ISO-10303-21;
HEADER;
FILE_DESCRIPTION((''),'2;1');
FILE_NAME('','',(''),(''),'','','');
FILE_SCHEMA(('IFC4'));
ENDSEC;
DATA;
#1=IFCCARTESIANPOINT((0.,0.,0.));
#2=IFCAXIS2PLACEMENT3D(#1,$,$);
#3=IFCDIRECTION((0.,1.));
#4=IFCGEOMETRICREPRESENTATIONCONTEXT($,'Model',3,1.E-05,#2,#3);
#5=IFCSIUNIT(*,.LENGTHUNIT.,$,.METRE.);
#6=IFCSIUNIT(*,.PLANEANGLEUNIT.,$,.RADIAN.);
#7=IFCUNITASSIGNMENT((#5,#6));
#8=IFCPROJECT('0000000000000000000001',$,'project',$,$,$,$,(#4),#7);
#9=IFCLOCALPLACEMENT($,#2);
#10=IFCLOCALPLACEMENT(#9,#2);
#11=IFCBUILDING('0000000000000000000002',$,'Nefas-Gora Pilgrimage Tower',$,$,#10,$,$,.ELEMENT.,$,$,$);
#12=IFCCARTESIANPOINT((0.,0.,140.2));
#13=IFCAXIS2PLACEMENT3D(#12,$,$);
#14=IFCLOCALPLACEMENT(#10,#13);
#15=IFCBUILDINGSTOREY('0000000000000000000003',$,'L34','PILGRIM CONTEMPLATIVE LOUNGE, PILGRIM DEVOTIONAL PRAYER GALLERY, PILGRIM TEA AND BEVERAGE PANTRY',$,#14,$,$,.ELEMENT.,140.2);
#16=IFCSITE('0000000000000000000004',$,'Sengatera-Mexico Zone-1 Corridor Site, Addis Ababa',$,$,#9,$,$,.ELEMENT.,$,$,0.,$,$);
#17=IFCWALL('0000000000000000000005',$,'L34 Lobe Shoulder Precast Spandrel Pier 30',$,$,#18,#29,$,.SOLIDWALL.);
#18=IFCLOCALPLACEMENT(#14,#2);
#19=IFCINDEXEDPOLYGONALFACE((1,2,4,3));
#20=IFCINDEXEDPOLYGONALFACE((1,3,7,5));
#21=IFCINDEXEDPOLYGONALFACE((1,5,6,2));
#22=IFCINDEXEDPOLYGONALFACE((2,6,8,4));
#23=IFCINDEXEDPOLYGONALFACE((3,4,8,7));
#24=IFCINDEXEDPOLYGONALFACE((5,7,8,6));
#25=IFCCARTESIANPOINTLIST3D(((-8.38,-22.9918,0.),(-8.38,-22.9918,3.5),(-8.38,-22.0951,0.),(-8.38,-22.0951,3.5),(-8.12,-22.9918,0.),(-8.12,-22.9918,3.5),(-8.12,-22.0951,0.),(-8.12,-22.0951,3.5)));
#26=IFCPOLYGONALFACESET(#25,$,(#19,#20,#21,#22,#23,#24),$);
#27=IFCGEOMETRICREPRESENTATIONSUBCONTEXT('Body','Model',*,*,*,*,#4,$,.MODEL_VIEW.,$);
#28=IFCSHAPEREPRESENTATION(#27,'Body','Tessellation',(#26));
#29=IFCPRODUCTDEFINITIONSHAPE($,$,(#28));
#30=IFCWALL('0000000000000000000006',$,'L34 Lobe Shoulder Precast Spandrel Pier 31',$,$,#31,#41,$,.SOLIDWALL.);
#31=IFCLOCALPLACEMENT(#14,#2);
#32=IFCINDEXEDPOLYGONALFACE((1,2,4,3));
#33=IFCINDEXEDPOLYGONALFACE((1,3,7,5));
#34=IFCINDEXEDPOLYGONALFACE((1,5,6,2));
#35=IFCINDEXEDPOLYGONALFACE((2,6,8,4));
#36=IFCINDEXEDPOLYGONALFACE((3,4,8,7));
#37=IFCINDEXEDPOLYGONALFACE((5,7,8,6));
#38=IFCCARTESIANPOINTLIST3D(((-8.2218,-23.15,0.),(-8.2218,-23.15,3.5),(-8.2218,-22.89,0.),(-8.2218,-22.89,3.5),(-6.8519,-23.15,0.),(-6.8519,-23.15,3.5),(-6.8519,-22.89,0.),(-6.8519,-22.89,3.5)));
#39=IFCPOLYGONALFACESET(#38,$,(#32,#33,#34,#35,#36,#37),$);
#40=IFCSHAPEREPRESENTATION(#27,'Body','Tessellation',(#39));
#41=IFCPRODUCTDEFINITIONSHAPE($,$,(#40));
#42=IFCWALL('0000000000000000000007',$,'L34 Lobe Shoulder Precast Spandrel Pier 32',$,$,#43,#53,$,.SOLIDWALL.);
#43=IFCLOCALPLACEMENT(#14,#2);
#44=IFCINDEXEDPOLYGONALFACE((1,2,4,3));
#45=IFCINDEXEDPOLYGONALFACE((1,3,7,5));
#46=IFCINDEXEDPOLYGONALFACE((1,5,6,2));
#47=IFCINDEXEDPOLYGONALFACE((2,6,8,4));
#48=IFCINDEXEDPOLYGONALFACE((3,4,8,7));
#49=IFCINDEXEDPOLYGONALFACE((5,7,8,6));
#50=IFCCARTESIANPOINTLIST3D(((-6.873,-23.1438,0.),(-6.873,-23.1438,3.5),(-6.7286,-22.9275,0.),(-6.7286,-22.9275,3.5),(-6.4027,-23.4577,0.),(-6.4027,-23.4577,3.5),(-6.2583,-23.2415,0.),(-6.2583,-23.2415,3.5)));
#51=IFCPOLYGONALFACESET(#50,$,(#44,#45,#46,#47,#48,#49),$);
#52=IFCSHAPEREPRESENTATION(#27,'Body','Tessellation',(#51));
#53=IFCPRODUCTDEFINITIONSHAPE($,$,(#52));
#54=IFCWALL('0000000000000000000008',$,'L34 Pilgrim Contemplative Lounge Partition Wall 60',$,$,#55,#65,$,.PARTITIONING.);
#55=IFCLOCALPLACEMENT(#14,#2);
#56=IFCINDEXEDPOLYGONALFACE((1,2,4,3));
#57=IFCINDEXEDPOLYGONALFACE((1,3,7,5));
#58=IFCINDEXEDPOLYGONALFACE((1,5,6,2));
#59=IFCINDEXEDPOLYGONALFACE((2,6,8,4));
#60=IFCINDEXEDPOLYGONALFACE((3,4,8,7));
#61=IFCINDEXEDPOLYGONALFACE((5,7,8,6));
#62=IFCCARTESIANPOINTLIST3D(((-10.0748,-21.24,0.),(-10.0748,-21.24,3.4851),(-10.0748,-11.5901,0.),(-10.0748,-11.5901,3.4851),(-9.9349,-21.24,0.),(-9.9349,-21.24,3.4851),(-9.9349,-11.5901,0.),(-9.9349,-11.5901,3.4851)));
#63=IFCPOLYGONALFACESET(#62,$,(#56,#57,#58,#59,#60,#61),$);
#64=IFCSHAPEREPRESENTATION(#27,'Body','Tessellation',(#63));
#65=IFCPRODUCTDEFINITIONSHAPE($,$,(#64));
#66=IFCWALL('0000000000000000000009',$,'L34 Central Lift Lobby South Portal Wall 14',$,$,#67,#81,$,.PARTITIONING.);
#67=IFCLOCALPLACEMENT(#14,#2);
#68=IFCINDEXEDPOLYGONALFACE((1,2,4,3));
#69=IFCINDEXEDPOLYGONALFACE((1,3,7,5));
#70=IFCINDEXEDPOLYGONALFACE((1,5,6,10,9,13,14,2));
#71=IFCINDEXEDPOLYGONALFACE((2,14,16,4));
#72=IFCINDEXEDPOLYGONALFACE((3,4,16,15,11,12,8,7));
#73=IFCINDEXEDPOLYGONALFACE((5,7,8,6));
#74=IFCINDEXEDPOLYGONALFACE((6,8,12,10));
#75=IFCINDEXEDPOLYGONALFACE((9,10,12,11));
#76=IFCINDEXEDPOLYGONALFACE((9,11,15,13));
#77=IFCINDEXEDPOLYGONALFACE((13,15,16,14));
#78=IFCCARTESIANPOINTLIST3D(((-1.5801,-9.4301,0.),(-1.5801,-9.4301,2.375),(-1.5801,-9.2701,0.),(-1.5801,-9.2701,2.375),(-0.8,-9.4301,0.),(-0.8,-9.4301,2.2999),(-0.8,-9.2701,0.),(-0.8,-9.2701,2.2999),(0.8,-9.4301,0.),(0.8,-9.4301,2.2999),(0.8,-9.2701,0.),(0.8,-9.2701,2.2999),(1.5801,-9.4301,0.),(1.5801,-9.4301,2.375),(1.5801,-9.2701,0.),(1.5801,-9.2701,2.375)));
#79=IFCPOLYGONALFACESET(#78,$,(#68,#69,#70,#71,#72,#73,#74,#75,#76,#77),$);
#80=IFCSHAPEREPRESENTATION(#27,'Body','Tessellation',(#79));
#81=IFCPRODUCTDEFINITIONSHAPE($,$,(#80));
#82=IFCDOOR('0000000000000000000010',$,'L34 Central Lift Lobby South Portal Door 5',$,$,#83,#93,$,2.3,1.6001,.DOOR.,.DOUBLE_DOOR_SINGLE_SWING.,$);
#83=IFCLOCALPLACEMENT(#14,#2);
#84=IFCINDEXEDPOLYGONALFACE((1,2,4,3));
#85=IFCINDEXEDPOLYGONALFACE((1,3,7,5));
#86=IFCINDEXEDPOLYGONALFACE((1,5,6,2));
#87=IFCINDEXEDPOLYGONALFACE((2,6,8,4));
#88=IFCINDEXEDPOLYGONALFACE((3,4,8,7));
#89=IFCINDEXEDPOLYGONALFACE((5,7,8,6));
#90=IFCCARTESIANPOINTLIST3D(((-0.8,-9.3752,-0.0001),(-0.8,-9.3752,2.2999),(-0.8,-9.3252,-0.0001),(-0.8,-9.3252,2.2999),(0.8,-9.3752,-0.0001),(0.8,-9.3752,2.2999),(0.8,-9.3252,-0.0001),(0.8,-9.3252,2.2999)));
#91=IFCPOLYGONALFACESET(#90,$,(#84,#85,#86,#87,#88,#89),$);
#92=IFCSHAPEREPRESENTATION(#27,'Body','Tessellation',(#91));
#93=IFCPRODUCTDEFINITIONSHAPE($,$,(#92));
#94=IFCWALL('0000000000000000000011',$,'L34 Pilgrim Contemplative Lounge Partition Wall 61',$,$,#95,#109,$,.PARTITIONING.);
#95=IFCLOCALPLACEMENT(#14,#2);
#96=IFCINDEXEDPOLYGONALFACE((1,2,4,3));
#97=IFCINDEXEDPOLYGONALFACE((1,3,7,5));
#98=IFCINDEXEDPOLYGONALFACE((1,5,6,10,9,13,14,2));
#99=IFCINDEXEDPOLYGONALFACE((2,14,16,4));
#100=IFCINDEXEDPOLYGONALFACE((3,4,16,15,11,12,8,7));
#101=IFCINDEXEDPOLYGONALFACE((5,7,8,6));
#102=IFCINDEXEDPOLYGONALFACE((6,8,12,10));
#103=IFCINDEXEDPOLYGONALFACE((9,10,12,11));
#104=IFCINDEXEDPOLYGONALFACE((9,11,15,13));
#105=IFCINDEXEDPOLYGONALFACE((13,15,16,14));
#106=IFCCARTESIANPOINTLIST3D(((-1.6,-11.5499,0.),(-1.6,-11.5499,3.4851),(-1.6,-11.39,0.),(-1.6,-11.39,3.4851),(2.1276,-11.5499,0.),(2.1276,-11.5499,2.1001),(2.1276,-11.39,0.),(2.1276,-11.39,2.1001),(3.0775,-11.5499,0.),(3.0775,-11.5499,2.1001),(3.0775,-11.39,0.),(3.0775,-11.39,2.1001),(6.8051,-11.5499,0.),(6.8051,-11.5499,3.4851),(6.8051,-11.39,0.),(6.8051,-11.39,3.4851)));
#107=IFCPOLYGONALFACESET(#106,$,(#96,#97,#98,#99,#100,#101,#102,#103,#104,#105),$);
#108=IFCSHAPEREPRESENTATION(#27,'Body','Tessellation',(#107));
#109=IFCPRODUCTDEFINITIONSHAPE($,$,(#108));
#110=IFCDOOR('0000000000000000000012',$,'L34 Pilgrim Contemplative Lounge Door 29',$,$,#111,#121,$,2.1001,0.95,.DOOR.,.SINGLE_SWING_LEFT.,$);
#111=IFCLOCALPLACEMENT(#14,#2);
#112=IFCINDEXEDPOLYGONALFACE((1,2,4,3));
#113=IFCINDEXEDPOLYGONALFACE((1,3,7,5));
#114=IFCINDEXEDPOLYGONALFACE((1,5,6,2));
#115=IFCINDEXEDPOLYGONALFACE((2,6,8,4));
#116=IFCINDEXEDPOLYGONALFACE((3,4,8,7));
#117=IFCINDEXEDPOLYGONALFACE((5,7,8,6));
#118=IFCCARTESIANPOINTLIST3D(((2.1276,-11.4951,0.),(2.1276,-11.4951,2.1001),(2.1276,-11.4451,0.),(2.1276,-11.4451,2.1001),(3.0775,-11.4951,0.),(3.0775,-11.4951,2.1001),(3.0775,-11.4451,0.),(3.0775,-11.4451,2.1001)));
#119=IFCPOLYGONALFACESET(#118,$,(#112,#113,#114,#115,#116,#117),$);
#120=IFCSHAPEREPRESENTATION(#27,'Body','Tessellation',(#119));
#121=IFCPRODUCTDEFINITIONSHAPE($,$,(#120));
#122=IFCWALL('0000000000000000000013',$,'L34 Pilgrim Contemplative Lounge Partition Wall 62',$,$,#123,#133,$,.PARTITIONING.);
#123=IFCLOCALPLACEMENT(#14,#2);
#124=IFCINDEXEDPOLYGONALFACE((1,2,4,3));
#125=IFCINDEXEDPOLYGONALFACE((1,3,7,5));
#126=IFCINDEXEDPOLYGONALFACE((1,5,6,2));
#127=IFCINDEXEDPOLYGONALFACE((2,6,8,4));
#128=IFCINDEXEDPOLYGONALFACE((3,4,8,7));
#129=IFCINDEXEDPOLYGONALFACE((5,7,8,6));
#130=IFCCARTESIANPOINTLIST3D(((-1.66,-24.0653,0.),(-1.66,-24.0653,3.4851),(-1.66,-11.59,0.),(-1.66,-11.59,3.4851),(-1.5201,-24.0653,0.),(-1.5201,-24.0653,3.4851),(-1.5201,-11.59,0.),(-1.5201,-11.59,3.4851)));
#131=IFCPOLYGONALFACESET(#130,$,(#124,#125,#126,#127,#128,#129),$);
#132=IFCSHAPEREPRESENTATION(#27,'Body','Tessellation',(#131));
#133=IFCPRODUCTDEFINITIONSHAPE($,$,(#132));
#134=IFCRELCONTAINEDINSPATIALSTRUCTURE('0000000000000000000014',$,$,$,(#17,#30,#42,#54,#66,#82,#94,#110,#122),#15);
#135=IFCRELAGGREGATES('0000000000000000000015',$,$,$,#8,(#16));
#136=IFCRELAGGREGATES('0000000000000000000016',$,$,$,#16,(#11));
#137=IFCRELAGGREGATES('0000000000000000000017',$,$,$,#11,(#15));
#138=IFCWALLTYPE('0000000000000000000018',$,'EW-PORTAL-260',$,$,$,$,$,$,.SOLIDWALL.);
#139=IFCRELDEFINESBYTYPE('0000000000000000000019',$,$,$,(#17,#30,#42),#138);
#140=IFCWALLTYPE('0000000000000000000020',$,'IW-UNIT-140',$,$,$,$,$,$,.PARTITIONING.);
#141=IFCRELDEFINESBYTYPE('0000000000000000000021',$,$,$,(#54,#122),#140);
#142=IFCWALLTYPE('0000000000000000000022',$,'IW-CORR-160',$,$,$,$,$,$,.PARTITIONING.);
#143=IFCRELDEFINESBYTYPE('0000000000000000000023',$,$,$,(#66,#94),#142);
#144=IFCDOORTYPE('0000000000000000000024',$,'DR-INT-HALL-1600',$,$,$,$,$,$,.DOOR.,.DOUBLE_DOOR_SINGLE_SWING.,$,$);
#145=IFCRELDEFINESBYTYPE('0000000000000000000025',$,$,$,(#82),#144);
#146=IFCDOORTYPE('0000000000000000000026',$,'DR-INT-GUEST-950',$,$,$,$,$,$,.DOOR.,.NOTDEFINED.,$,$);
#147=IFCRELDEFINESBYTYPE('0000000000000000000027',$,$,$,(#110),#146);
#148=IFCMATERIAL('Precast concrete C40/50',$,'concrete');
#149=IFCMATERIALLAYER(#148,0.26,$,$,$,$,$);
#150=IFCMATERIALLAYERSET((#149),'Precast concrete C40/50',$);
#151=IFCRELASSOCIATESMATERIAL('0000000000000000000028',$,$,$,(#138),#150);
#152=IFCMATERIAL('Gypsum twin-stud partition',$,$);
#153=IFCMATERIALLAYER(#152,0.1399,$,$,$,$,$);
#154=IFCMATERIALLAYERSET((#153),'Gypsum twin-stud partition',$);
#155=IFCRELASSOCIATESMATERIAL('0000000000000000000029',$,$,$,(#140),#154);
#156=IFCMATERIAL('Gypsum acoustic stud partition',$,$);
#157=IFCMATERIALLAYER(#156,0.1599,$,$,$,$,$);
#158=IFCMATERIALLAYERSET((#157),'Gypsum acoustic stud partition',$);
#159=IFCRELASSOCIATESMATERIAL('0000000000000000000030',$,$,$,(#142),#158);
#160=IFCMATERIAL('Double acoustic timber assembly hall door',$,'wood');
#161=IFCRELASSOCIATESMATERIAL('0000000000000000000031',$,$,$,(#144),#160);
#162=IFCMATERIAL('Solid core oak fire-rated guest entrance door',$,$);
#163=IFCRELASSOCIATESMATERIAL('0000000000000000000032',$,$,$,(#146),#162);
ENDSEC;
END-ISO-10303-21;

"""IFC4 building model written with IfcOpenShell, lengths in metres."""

from ifc_helpers import new_model, si_unit, direction, frame, frame_2d, origin, place, context, subcontext, project, spatial, rectangle, extrude, source, transform, mapped, material, layer, layer_set, type_object, element, fill, save


model = new_model("IFC4")

# Units and contexts
model_context = context("Model", 3, precision=1e-05, world=origin(), true_north=direction((0.0, 1.0)))
body_context = subcontext(model_context, "Body", "Model", "MODEL_VIEW")
ifc_project = project(units=[si_unit("LENGTHUNIT", "METRE"), si_unit("PLANEANGLEUNIT", "RADIAN")], contexts=[model_context])

# Site, building, storey
site_placement = place(None, origin())
site = spatial("IfcSite", under=ifc_project, at=site_placement, Name="Sengatera-Mexico Zone-1 Corridor Site, Addis Ababa", CompositionType="ELEMENT", RefElevation=0.0)
building_placement = place(site_placement, origin())
building = spatial("IfcBuilding", under=site, at=building_placement, Name="Nefas-Gora Pilgrimage Tower", CompositionType="ELEMENT")
storey_placement = place(building_placement, frame((0.0, 0.0, 140.2)))
storey = spatial("IfcBuildingStorey", under=building, at=storey_placement, Name="L34", Description="PILGRIM CONTEMPLATIVE LOUNGE, PILGRIM DEVOTIONAL PRAYER GALLERY, PILGRIM TEA AND BEVERAGE PANTRY", CompositionType="ELEMENT", Elevation=140.2)

# Walls
ifc_material_1 = material(Name="Precast concrete C40/50", Category="concrete")
ifc_layer_1 = layer(ifc_material_1, 0.26)
ifc_layer_set_1 = layer_set([ifc_layer_1], Name="Precast concrete C40/50")
wall_type_1 = type_object("IfcWallType", Name="EW-PORTAL-260", PredefinedType="SOLIDWALL", material=ifc_layer_set_1)
shared_shape_1 = source(origin(), body_context, "Body", "SweptSolid", [
    extrude(rectangle(XDim=0.8967, YDim=0.26, at=frame_2d((0.4482, 0.0))), origin(), (0.0, 0.0, 1.0), 3.5),
])
wall_1_placement = place(storey_placement, frame((-8.25, -22.0952, 0.0), z_axis=(0.0, 0.0, 1.0), x_axis=(0.0, -1.0, 0.0)))
element("IfcWall", 1, at=wall_1_placement, inside=storey, type_object=wall_type_1, Name="L34 Lobe Shoulder Precast Spandrel Pier 30", PredefinedType="SOLIDWALL", context=body_context, shape_type="MappedRepresentation", body=[
    mapped(shared_shape_1, transform((0.0, 0.0, 0.0), x_axis=(1.0, 0.0, 0.0), y_axis=(0.0, 1.0, 0.0), z_axis=(0.0, 0.0, 1.0), scale=1.0)),
])
shared_shape_2 = source(origin(), body_context, "Body", "SweptSolid", [
    extrude(rectangle(XDim=1.3699, YDim=0.26, at=frame_2d((0.6851, 0.0))), origin(), (0.0, 0.0, 1.0), 3.5),
])
wall_2_placement = place(storey_placement, frame((-8.2219, -23.02, 0.0), z_axis=(0.0, 0.0, 1.0), x_axis=(1.0, 0.0, 0.0)))
element("IfcWall", 2, at=wall_2_placement, inside=storey, type_object=wall_type_1, Name="L34 Lobe Shoulder Precast Spandrel Pier 31", PredefinedType="SOLIDWALL", context=body_context, shape_type="MappedRepresentation", body=[
    mapped(shared_shape_2, transform((0.0, 0.0, 0.0), x_axis=(1.0, 0.0, 0.0), y_axis=(0.0, 1.0, 0.0), z_axis=(0.0, 0.0, 1.0), scale=1.0)),
])
shared_shape_3 = source(origin(), body_context, "Body", "SweptSolid", [
    extrude(rectangle(XDim=0.5654, YDim=0.26, at=frame_2d((0.2827, 0.0))), origin(), (0.0, 0.0, 1.0), 3.5),
])
wall_3_placement = place(storey_placement, frame((-6.8008, -23.0356, 0.0), z_axis=(0.0, 0.0, 1.0), x_axis=(0.831651, -0.555298, 0.0)))
element("IfcWall", 3, at=wall_3_placement, inside=storey, type_object=wall_type_1, Name="L34 Lobe Shoulder Precast Spandrel Pier 32", PredefinedType="SOLIDWALL", context=body_context, shape_type="MappedRepresentation", body=[
    mapped(shared_shape_3, transform((0.0, 0.0, 0.0), x_axis=(1.0, 0.0, 0.0), y_axis=(0.0, 1.0, 0.0), z_axis=(0.0, 0.0, 1.0), scale=1.0)),
])
ifc_material_2 = material(Name="Gypsum twin-stud partition")
ifc_layer_2 = layer(ifc_material_2, 0.1399)
ifc_layer_set_2 = layer_set([ifc_layer_2], Name="Gypsum twin-stud partition")
wall_type_2 = type_object("IfcWallType", Name="IW-UNIT-140", PredefinedType="PARTITIONING", material=ifc_layer_set_2)
shared_shape_4 = source(origin(), body_context, "Body", "SweptSolid", [
    extrude(rectangle(XDim=9.6499, YDim=0.1399, at=frame_2d((4.825, 0.0))), origin(), (0.0, 0.0, 1.0), 3.4851),
])
wall_4_placement = place(storey_placement, frame((-10.0049, -21.24, 0.0), z_axis=(0.0, 0.0, 1.0), x_axis=(0.0, 1.0, 0.0)))
element("IfcWall", 4, at=wall_4_placement, inside=storey, type_object=wall_type_2, Name="L34 Pilgrim Contemplative Lounge Partition Wall 60", PredefinedType="PARTITIONING", context=body_context, shape_type="MappedRepresentation", body=[
    mapped(shared_shape_4, transform((0.0, 0.0, 0.0), x_axis=(1.0, 0.0, 0.0), y_axis=(0.0, 1.0, 0.0), z_axis=(0.0, 0.0, 1.0), scale=1.0)),
])

# Walls, openings, doors
ifc_material_3 = material(Name="Gypsum acoustic stud partition")
ifc_layer_3 = layer(ifc_material_3, 0.1599)
ifc_layer_set_3 = layer_set([ifc_layer_3], Name="Gypsum acoustic stud partition")
wall_type_3 = type_object("IfcWallType", Name="IW-CORR-160", PredefinedType="PARTITIONING", material=ifc_layer_set_3)
shared_shape_5 = source(origin(), body_context, "Body", "SweptSolid", [
    extrude(rectangle(XDim=3.1602, YDim=0.1599, at=frame_2d((1.5801, 0.0))), origin(), (0.0, 0.0, 1.0), 2.375),
])
wall_5_placement = place(storey_placement, frame((-1.5801, -9.3501, 0.0), z_axis=(0.0, 0.0, 1.0), x_axis=(1.0, 0.0, 0.0)))
wall_5 = element("IfcWall", 5, at=wall_5_placement, inside=storey, type_object=wall_type_3, Name="L34 Central Lift Lobby South Portal Wall 14", PredefinedType="PARTITIONING", context=body_context, shape_type="MappedRepresentation", body=[
    mapped(shared_shape_5, transform((0.0, 0.0, 0.0), x_axis=(1.0, 0.0, 0.0), y_axis=(0.0, 1.0, 0.0), z_axis=(0.0, 0.0, 1.0), scale=1.0)),
])
opening_1_placement = place(wall_5_placement, frame((0.78, 0.0, 0.0)))
opening_1 = element("IfcOpeningElement", 6, at=opening_1_placement, cuts=wall_5, PredefinedType="OPENING", context=body_context, shape_type="SweptSolid", body=[
    extrude(rectangle(XDim=1.6001, YDim=2.3, at=frame_2d((0.8, 1.1499))), frame((0.0, 0.0898, 0.0), z_axis=(0.0, -1.0, 0.0), x_axis=(1.0, 0.0, 0.0)), (0.0, 0.0, 1.0), 0.1799),
])
ifc_material_4 = material(Name="Double acoustic timber assembly hall door", Category="wood")
door_type_1 = type_object("IfcDoorType", Name="DR-INT-HALL-1600", OperationType="DOUBLE_DOOR_SINGLE_SWING", PredefinedType="DOOR", material=ifc_material_4)
shared_shape_6 = source(origin(), body_context, "Body", "SweptSolid", [
    extrude(rectangle(XDim=1.6001, YDim=2.3, at=frame_2d((0.8, 1.1499))), frame((0.0, 0.0249, 0.0), z_axis=(0.0, -1.0, 0.0), x_axis=(1.0, 0.0, 0.0)), (0.0, 0.0, 1.0), 0.05),
])
door_1_placement = place(opening_1_placement, origin())
door_1 = element("IfcDoor", 7, at=door_1_placement, inside=storey, type_object=door_type_1, Name="L34 Central Lift Lobby South Portal Door 5", OperationType="DOUBLE_DOOR_SINGLE_SWING", OverallHeight=2.3, OverallWidth=1.6001, PredefinedType="DOOR", context=body_context, shape_type="MappedRepresentation", body=[
    mapped(shared_shape_6, transform((0.0, 0.0, 0.0), x_axis=(1.0, 0.0, 0.0), y_axis=(0.0, 1.0, 0.0), z_axis=(0.0, 0.0, 1.0), scale=1.0)),
])
fill(opening_1, door_1)
shared_shape_7 = source(origin(), body_context, "Body", "SweptSolid", [
    extrude(rectangle(XDim=8.405, YDim=0.1599, at=frame_2d((4.2026, 0.0))), origin(), (0.0, 0.0, 1.0), 3.4851),
])
wall_6_placement = place(storey_placement, frame((-1.6001, -11.47, 0.0), z_axis=(0.0, 0.0, 1.0), x_axis=(1.0, 0.0, 0.0)))
wall_6 = element("IfcWall", 8, at=wall_6_placement, inside=storey, type_object=wall_type_3, Name="L34 Pilgrim Contemplative Lounge Partition Wall 61", PredefinedType="PARTITIONING", context=body_context, shape_type="MappedRepresentation", body=[
    mapped(shared_shape_7, transform((0.0, 0.0, 0.0), x_axis=(1.0, 0.0, 0.0), y_axis=(0.0, 1.0, 0.0), z_axis=(0.0, 0.0, 1.0), scale=1.0)),
])
opening_2_placement = place(wall_6_placement, frame((3.7275, 0.0, 0.0)))
opening_2 = element("IfcOpeningElement", 9, at=opening_2_placement, cuts=wall_6, PredefinedType="OPENING", context=body_context, shape_type="SweptSolid", body=[
    extrude(rectangle(XDim=0.95, YDim=2.1001, at=frame_2d((0.4751, 1.05))), frame((0.0, 0.0898, 0.0), z_axis=(0.0, -1.0, 0.0), x_axis=(1.0, 0.0, 0.0)), (0.0, 0.0, 1.0), 0.1799),
])
ifc_material_5 = material(Name="Solid core oak fire-rated guest entrance door")
door_type_2 = type_object("IfcDoorType", Name="DR-INT-GUEST-950", OperationType="NOTDEFINED", PredefinedType="DOOR", material=ifc_material_5)
shared_shape_8 = source(origin(), body_context, "Body", "SweptSolid", [
    extrude(rectangle(XDim=0.95, YDim=2.1001, at=frame_2d((0.4751, 1.05))), frame((0.0, 0.0249, 0.0), z_axis=(0.0, -1.0, 0.0), x_axis=(1.0, 0.0, 0.0)), (0.0, 0.0, 1.0), 0.05),
])
door_2_placement = place(opening_2_placement, origin())
door_2 = element("IfcDoor", 10, at=door_2_placement, inside=storey, type_object=door_type_2, Name="L34 Pilgrim Contemplative Lounge Door 29", OperationType="SINGLE_SWING_LEFT", OverallHeight=2.1001, OverallWidth=0.95, PredefinedType="DOOR", context=body_context, shape_type="MappedRepresentation", body=[
    mapped(shared_shape_8, transform((0.0, 0.0, 0.0), x_axis=(1.0, 0.0, 0.0), y_axis=(0.0, 1.0, 0.0), z_axis=(0.0, 0.0, 1.0), scale=1.0)),
])
fill(opening_2, door_2)

# Wall
shared_shape_9 = source(origin(), body_context, "Body", "SweptSolid", [
    extrude(rectangle(XDim=12.4753, YDim=0.1399, at=frame_2d((6.2378, 0.0))), origin(), (0.0, 0.0, 1.0), 3.4851),
])
wall_7_placement = place(storey_placement, frame((-1.5901, -24.0654, 0.0), z_axis=(0.0, 0.0, 1.0), x_axis=(0.0, 1.0, 0.0)))
element("IfcWall", 11, at=wall_7_placement, inside=storey, type_object=wall_type_2, Name="L34 Pilgrim Contemplative Lounge Partition Wall 62", PredefinedType="PARTITIONING", context=body_context, shape_type="MappedRepresentation", body=[
    mapped(shared_shape_9, transform((0.0, 0.0, 0.0), x_axis=(1.0, 0.0, 0.0), y_axis=(0.0, 1.0, 0.0), z_axis=(0.0, 0.0, 1.0), scale=1.0)),
])

save(model, "model.ifc")
